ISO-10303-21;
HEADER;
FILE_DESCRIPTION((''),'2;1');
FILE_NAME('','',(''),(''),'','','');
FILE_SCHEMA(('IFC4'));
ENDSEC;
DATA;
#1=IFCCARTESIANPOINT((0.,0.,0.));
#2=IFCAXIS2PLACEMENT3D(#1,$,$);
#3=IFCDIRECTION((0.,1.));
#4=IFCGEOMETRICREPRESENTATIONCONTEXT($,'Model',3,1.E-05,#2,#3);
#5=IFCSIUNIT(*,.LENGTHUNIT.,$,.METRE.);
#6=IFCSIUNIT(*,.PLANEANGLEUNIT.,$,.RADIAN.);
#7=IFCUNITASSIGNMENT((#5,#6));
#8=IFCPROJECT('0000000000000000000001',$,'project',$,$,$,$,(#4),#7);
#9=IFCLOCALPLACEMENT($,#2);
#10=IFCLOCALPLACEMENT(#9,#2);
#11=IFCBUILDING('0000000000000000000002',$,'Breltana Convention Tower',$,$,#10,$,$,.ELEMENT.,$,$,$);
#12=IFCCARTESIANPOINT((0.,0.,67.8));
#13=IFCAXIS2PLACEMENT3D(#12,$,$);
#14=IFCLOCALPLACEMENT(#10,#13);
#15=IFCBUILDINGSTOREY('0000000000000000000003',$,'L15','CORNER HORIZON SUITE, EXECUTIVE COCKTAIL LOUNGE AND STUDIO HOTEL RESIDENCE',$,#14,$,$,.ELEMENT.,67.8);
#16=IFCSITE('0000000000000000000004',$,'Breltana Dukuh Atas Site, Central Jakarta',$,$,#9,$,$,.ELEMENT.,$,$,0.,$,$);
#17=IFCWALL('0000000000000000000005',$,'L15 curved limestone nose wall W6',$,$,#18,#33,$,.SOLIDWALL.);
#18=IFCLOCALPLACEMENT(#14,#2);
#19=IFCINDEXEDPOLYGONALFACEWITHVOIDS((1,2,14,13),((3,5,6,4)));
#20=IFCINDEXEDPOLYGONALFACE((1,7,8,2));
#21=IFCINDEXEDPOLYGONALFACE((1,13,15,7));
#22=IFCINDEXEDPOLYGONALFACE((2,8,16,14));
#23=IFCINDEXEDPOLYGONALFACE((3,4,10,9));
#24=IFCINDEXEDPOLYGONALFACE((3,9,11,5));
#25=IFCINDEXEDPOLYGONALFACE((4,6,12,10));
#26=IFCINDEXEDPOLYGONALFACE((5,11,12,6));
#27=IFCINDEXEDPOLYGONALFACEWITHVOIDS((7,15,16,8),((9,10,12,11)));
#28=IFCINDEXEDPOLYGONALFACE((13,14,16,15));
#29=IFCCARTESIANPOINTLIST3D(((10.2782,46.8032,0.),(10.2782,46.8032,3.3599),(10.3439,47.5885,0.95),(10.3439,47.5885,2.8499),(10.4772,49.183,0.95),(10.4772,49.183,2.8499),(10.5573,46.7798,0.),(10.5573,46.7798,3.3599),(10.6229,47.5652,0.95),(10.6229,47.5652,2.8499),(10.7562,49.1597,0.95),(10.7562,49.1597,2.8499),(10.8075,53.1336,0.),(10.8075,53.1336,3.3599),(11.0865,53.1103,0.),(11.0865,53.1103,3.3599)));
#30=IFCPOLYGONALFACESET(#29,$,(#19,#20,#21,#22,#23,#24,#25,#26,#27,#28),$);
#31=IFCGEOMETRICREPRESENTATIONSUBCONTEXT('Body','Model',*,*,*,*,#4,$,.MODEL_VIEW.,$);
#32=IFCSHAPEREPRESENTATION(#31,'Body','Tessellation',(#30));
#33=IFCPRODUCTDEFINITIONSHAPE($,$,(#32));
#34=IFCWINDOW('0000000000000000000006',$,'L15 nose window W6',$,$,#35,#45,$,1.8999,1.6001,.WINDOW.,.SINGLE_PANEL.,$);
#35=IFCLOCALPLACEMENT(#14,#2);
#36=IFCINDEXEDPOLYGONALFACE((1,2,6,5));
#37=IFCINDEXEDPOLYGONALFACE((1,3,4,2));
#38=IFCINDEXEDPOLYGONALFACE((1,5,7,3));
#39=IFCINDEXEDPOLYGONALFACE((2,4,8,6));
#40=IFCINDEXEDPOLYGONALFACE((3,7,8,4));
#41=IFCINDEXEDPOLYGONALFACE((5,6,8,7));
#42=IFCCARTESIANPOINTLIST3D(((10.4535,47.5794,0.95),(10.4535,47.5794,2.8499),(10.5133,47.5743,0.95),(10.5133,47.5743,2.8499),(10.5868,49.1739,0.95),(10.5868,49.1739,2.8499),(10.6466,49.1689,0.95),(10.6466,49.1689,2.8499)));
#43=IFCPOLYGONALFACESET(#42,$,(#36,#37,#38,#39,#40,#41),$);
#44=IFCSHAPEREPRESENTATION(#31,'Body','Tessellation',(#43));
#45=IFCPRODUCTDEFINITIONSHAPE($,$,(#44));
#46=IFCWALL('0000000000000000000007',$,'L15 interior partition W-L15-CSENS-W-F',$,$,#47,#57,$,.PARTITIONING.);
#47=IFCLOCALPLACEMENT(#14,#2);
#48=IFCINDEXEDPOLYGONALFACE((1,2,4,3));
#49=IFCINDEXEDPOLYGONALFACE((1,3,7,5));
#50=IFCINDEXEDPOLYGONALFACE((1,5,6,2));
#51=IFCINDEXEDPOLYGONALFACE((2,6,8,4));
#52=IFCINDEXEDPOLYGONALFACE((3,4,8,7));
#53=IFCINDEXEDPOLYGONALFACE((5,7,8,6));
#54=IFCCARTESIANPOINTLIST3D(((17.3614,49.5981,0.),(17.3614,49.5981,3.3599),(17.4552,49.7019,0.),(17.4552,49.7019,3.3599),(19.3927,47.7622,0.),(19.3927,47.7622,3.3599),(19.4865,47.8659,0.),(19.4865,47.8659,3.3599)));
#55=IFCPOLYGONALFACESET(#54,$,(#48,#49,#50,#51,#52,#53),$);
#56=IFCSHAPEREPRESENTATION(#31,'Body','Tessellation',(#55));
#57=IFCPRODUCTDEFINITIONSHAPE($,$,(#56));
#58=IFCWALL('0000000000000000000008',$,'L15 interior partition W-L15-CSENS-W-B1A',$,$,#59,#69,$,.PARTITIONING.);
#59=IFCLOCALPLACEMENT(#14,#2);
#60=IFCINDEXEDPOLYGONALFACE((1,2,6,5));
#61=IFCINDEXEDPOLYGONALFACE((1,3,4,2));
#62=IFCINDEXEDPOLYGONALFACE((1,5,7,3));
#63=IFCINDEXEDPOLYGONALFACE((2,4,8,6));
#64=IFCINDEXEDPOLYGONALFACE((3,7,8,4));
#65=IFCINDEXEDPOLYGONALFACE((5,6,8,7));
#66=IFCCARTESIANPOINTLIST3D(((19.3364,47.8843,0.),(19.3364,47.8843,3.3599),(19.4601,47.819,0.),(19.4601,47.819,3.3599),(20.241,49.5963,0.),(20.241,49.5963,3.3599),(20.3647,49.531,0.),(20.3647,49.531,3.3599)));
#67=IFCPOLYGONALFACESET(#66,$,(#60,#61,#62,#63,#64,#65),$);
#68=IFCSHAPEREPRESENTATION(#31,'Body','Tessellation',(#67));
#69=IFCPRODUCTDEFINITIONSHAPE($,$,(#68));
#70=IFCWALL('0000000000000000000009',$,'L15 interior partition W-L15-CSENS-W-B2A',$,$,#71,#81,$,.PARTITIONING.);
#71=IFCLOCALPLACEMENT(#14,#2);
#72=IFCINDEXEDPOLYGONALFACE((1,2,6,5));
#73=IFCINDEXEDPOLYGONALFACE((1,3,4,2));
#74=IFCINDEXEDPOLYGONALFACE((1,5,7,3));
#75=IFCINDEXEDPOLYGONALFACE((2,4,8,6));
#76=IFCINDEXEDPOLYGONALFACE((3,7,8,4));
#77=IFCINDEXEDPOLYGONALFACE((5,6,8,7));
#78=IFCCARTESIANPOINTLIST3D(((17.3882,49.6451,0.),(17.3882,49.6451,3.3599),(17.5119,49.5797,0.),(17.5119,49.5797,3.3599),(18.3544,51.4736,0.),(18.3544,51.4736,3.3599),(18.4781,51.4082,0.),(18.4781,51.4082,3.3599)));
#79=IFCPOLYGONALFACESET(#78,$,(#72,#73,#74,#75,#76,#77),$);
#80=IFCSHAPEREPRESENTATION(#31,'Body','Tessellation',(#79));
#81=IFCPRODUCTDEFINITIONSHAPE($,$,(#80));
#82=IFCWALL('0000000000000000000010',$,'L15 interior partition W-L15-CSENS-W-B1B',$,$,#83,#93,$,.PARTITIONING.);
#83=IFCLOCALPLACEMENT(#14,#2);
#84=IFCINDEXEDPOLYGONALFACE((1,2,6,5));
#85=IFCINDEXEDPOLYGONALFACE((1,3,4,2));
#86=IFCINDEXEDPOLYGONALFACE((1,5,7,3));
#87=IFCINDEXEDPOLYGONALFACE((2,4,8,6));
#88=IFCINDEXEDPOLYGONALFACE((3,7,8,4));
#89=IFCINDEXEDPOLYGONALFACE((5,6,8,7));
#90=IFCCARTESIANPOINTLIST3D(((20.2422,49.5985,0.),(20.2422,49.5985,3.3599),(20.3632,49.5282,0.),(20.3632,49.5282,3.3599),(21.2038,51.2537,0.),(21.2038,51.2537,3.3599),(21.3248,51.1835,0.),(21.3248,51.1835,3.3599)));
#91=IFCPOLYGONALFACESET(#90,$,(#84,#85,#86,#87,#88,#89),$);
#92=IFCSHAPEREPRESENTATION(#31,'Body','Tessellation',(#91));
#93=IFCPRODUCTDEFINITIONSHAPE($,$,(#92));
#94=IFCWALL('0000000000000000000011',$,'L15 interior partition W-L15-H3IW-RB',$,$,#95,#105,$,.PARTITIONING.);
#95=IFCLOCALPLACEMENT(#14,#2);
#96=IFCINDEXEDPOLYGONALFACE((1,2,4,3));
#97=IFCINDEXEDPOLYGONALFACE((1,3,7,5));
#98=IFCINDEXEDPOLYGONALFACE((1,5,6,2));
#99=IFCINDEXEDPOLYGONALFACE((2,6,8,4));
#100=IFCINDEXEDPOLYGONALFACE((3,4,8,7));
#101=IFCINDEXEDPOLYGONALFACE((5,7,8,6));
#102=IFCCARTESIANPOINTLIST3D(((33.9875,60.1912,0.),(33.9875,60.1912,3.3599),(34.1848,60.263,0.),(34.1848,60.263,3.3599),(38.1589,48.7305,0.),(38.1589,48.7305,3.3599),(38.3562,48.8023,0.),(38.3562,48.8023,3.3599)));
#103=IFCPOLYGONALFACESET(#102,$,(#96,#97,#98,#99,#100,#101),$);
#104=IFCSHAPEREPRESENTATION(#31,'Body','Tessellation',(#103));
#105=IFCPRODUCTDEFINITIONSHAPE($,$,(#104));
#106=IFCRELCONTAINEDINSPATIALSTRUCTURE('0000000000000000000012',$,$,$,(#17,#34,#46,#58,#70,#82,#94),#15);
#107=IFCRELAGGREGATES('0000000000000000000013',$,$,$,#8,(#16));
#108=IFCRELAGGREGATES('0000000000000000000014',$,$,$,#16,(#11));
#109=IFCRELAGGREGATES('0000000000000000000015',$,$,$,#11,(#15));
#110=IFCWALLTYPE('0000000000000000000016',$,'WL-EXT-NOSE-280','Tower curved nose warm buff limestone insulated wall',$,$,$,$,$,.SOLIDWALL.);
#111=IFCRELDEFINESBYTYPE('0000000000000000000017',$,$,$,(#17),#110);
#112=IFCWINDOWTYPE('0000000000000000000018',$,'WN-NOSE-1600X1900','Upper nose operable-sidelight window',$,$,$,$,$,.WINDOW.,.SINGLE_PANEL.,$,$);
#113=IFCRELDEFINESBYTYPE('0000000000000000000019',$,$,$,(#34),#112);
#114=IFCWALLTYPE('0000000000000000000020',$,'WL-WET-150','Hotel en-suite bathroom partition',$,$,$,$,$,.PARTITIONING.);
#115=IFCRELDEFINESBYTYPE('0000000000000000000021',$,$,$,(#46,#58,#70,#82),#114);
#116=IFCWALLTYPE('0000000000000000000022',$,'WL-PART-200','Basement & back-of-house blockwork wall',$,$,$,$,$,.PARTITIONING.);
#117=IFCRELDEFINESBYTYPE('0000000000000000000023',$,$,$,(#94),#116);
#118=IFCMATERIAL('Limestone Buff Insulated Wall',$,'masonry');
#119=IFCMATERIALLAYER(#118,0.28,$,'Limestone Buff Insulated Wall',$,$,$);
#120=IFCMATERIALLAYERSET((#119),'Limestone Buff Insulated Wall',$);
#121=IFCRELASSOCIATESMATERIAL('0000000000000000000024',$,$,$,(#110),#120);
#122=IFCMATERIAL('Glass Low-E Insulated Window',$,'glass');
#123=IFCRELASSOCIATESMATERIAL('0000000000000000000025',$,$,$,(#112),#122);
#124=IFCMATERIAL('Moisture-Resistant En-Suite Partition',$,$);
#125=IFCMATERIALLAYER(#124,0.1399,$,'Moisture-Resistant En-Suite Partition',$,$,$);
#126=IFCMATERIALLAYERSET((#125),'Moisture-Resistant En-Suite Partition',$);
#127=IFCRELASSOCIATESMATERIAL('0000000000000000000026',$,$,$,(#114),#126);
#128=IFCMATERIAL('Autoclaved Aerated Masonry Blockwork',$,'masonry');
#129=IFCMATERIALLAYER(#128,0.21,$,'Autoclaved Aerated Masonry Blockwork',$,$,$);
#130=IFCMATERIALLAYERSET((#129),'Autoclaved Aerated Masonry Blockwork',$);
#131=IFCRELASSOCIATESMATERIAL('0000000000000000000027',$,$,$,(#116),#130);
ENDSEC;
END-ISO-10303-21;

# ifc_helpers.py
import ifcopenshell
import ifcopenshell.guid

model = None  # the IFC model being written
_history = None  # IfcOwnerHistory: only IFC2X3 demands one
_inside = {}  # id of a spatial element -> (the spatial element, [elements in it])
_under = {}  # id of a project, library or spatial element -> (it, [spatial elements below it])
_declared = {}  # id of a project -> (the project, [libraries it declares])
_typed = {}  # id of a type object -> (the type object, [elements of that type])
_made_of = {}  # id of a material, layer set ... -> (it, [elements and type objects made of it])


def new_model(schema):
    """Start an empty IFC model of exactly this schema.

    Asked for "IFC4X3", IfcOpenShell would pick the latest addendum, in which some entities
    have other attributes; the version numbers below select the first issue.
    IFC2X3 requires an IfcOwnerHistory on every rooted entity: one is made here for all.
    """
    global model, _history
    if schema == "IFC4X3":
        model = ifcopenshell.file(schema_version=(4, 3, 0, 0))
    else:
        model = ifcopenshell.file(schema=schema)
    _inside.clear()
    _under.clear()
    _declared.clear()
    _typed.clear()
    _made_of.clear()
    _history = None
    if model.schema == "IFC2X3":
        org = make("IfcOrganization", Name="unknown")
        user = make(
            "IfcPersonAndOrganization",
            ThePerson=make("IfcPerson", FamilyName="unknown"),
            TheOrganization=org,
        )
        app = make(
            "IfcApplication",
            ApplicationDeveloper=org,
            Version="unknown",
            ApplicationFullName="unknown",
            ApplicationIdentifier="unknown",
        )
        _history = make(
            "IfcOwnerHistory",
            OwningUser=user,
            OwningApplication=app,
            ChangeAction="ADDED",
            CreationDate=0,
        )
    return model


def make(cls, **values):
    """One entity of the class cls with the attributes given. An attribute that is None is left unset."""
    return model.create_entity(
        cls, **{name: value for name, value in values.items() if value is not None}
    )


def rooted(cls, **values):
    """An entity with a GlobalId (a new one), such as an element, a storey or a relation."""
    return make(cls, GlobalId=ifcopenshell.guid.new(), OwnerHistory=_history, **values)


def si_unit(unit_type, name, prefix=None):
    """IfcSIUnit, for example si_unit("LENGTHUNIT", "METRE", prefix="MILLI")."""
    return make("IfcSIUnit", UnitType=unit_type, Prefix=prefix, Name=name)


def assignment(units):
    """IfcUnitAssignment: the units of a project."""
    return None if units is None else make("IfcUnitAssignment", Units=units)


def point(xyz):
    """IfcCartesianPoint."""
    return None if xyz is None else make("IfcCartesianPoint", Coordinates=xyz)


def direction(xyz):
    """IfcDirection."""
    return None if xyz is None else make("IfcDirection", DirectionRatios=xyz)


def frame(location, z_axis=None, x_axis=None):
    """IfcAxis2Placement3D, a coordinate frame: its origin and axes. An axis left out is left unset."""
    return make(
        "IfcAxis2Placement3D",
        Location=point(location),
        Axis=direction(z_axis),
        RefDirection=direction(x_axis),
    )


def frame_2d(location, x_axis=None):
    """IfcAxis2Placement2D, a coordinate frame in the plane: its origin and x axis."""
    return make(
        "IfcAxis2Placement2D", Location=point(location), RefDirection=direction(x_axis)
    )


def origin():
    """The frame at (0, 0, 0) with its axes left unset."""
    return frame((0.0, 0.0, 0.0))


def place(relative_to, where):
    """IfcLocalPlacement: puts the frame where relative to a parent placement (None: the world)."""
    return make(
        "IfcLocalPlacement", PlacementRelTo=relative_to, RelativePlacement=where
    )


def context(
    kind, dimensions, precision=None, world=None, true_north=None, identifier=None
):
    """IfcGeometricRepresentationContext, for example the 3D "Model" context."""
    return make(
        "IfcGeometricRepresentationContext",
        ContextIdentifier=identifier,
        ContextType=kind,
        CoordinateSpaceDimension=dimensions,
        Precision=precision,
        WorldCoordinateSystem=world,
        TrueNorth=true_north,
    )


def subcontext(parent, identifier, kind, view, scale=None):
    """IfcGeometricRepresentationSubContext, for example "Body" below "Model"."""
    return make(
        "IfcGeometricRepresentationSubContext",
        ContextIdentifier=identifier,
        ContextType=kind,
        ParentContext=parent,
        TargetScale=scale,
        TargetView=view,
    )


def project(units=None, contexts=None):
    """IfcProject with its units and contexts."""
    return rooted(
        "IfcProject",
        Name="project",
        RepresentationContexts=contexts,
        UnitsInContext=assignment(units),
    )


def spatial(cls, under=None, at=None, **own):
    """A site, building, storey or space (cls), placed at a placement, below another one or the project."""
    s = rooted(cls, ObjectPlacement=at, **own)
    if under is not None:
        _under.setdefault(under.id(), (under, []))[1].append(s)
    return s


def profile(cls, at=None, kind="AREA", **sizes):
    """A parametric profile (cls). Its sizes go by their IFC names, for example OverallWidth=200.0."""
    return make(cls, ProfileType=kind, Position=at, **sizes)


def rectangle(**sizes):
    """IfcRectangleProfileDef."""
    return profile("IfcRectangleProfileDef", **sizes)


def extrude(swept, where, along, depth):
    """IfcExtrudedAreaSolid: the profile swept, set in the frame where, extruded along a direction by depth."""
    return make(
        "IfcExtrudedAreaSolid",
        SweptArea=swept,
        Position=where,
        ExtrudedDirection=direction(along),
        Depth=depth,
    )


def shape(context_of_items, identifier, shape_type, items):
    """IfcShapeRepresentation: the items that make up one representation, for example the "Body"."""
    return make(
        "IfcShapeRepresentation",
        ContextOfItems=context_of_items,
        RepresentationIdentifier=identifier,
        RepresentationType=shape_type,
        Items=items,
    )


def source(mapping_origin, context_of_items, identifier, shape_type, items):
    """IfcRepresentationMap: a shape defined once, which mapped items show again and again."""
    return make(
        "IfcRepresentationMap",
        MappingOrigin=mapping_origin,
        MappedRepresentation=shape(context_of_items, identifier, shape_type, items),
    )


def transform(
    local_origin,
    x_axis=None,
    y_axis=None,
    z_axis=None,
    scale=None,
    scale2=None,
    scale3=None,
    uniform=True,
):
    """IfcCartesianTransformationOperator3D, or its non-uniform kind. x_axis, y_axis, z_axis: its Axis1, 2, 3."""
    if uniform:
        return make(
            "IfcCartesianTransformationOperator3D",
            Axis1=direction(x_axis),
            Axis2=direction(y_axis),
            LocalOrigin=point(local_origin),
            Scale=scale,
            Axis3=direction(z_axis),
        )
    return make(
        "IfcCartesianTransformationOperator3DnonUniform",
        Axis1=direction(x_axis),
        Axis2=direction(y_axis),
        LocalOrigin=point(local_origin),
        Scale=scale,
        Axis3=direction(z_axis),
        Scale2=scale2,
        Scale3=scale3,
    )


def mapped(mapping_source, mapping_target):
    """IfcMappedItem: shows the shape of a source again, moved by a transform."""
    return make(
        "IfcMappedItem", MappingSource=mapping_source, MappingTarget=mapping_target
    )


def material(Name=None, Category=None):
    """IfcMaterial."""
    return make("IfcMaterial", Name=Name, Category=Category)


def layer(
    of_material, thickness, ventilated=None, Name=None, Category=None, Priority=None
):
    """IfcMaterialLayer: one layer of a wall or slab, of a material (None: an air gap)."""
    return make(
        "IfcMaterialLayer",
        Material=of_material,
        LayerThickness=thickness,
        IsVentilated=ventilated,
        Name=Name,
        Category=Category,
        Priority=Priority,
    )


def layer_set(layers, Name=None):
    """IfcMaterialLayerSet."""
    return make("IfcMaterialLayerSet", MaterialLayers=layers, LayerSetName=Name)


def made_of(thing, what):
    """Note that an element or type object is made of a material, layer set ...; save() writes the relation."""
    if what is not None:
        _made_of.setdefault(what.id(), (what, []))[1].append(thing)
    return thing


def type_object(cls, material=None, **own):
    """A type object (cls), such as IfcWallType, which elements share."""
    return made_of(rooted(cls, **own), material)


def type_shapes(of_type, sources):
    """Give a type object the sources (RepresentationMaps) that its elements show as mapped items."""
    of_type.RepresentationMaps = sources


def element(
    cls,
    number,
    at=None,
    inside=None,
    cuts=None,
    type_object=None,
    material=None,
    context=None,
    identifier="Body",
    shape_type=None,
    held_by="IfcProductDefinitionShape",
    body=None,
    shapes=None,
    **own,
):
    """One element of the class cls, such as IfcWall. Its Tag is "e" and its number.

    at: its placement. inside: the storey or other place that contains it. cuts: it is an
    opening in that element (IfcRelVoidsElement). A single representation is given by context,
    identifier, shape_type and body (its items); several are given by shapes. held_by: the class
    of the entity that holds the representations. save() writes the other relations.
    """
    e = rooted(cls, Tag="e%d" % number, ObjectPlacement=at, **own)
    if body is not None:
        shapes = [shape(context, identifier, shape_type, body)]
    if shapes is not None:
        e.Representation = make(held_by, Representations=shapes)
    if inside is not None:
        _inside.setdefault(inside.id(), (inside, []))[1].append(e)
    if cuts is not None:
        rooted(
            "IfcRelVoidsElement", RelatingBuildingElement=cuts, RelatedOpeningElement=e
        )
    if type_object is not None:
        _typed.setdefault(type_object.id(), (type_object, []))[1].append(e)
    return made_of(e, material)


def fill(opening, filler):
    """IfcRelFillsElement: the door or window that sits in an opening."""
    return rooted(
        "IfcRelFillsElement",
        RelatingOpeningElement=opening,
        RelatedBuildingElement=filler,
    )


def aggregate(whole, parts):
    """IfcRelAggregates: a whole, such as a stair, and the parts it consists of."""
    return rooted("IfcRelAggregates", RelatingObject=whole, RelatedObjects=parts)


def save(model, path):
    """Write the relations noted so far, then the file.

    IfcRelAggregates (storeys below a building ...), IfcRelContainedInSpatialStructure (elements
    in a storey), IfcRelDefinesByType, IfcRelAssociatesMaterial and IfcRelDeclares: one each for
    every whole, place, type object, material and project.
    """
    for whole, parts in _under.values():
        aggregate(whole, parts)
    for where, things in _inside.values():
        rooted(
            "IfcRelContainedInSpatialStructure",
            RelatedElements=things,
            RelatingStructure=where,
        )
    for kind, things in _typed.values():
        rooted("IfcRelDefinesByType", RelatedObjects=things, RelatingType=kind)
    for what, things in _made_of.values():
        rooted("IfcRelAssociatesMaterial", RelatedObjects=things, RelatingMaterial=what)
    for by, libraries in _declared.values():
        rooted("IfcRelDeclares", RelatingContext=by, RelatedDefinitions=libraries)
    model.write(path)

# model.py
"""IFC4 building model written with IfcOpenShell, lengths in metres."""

from ifc_helpers import new_model, si_unit, direction, frame, frame_2d, origin, place, context, subcontext, project, spatial, rectangle, extrude, source, transform, mapped, material, layer, layer_set, type_object, type_shapes, element, fill, save


model = new_model("IFC4")

# Units and contexts
model_context = context("Model", 3, precision=1e-05, world=origin(), true_north=direction((0.0, 1.0)))
body_context = subcontext(model_context, "Body", "Model", "MODEL_VIEW")
ifc_project = project(units=[si_unit("LENGTHUNIT", "METRE"), si_unit("PLANEANGLEUNIT", "RADIAN")], contexts=[model_context])

# Site, building, storey
site_placement = place(None, origin())
site = spatial("IfcSite", under=ifc_project, at=site_placement, Name="Breltana Dukuh Atas Site, Central Jakarta", CompositionType="ELEMENT", RefElevation=0.0)
building_placement = place(site_placement, origin())
building = spatial("IfcBuilding", under=site, at=building_placement, Name="Breltana Convention Tower", CompositionType="ELEMENT")
storey_placement = place(building_placement, frame((0.0, 0.0, 67.8)))
storey = spatial("IfcBuildingStorey", under=building, at=storey_placement, Name="L15", Description="CORNER HORIZON SUITE, EXECUTIVE COCKTAIL LOUNGE AND STUDIO HOTEL RESIDENCE", CompositionType="ELEMENT", Elevation=67.8)

# Wall, opening, window
ifc_material_1 = material(Name="Limestone Buff Insulated Wall", Category="masonry")
ifc_layer_1 = layer(ifc_material_1, 0.28, Name="Limestone Buff Insulated Wall")
ifc_layer_set_1 = layer_set([ifc_layer_1], Name="Limestone Buff Insulated Wall")
wall_type_1 = type_object("IfcWallType", Name="WL-EXT-NOSE-280", Description="Tower curved nose warm buff limestone insulated wall", PredefinedType="SOLIDWALL", material=ifc_layer_set_1)
shared_shape_1 = source(origin(), body_context, "Body", "SweptSolid", [
    extrude(rectangle(XDim=6.3525, YDim=0.28, at=frame_2d((3.1763, 0.0))), origin(), (0.0, 0.0, 1.0), 3.3599),
])
wall_1_placement = place(storey_placement, frame((10.4177, 46.7915, 0.0), z_axis=(0.0, 0.0, 1.0), x_axis=(0.083319, 0.996523, 0.0)))
wall_1 = element("IfcWall", 1, at=wall_1_placement, inside=storey, type_object=wall_type_1, Name="L15 curved limestone nose wall W6", PredefinedType="SOLIDWALL", context=body_context, shape_type="MappedRepresentation", body=[
    mapped(shared_shape_1, transform((0.0, 0.0, 0.0), scale=1.0)),
])
opening_placement = place(wall_1_placement, frame((0.7881, 0.0, 0.95)))
opening = element("IfcOpeningElement", 2, at=opening_placement, cuts=wall_1, PredefinedType="OPENING", context=body_context, shape_type="SweptSolid", body=[
    extrude(rectangle(XDim=1.6001, YDim=1.8999, at=frame_2d((0.8, 0.95))), frame((0.0, 0.1499, 0.0), z_axis=(0.0, -1.0, 0.0), x_axis=(1.0, 0.0, 0.0)), (0.0, 0.0, 1.0), 0.3),
])
ifc_material_2 = material(Name="Glass Low-E Insulated Window", Category="glass")
window_type = type_object("IfcWindowType", Name="WN-NOSE-1600X1900", Description="Upper nose operable-sidelight window", PartitioningType="SINGLE_PANEL", PredefinedType="WINDOW", material=ifc_material_2)
shared_shape_2 = source(origin(), body_context, "Body", "SweptSolid", [
    extrude(rectangle(XDim=1.6001, YDim=1.8999, at=frame_2d((0.8, 0.95))), frame((0.0, 0.03, 0.0), z_axis=(0.0, -1.0, 0.0), x_axis=(1.0, 0.0, 0.0)), (0.0, 0.0, 1.0), 0.0601),
])
type_shapes(window_type, [shared_shape_2])
window_placement = place(opening_placement, origin())
window = element("IfcWindow", 3, at=window_placement, inside=storey, type_object=window_type, Name="L15 nose window W6", OverallHeight=1.8999, OverallWidth=1.6001, PartitioningType="SINGLE_PANEL", PredefinedType="WINDOW", context=body_context, shape_type="MappedRepresentation", body=[
    mapped(shared_shape_2, transform((0.0, 0.0, 0.0), scale=1.0)),
])
fill(opening, window)

# Walls
ifc_material_3 = material(Name="Moisture-Resistant En-Suite Partition")
ifc_layer_2 = layer(ifc_material_3, 0.1399, Name="Moisture-Resistant En-Suite Partition")
ifc_layer_set_2 = layer_set([ifc_layer_2], Name="Moisture-Resistant En-Suite Partition")
wall_type_2 = type_object("IfcWallType", Name="WL-WET-150", Description="Hotel en-suite bathroom partition", PredefinedType="PARTITIONING", material=ifc_layer_set_2)
shared_shape_3 = source(origin(), body_context, "Body", "SweptSolid", [
    extrude(rectangle(XDim=2.738, YDim=0.1399, at=frame_2d((1.3691, 0.0))), origin(), (0.0, 0.0, 1.0), 3.3599),
])
wall_2_placement = place(storey_placement, frame((19.4397, 47.814, 0.0), z_axis=(0.0, 0.0, 1.0), x_axis=(-0.741874, 0.67054, 0.0)))
element("IfcWall", 4, at=wall_2_placement, inside=storey, type_object=wall_type_2, Name="L15 interior partition W-L15-CSENS-W-F", PredefinedType="PARTITIONING", context=body_context, shape_type="MappedRepresentation", body=[
    mapped(shared_shape_3, transform((0.0, 0.0, 0.0), scale=1.0)),
])
shared_shape_4 = source(origin(), body_context, "Body", "SweptSolid", [
    extrude(rectangle(XDim=1.9363, YDim=0.1399, at=frame_2d((0.9683, 0.0))), origin(), (0.0, 0.0, 1.0), 3.3599),
])
wall_3_placement = place(storey_placement, frame((19.3982, 47.8516, 0.0), z_axis=(0.0, 0.0, 1.0), x_axis=(0.467175, 0.884165, 0.0)))
element("IfcWall", 5, at=wall_3_placement, inside=storey, type_object=wall_type_2, Name="L15 interior partition W-L15-CSENS-W-B1A", PredefinedType="PARTITIONING", context=body_context, shape_type="MappedRepresentation", body=[
    mapped(shared_shape_4, transform((0.0, 0.0, 0.0), scale=1.0)),
])
shared_shape_5 = source(origin(), body_context, "Body", "SweptSolid", [
    extrude(rectangle(XDim=2.0681, YDim=0.1399, at=frame_2d((1.0342, 0.0))), origin(), (0.0, 0.0, 1.0), 3.3599),
])
wall_4_placement = place(storey_placement, frame((17.45, 49.6123, 0.0), z_axis=(0.0, 0.0, 1.0), x_axis=(0.467215, 0.884144, 0.0)))
element("IfcWall", 6, at=wall_4_placement, inside=storey, type_object=wall_type_2, Name="L15 interior partition W-L15-CSENS-W-B2A", PredefinedType="PARTITIONING", context=body_context, shape_type="MappedRepresentation", body=[
    mapped(shared_shape_5, transform((0.0, 0.0, 0.0), scale=1.0)),
])
shared_shape_6 = source(origin(), body_context, "Body", "SweptSolid", [
    extrude(rectangle(XDim=1.9143, YDim=0.1399, at=frame_2d((0.957, 0.0))), origin(), (0.0, 0.0, 1.0), 3.3599),
])
wall_5_placement = place(storey_placement, frame((20.3027, 49.5635, 0.0), z_axis=(0.0, 0.0, 1.0), x_axis=(0.502348, 0.864666, 0.0)))
element("IfcWall", 7, at=wall_5_placement, inside=storey, type_object=wall_type_2, Name="L15 interior partition W-L15-CSENS-W-B1B", PredefinedType="PARTITIONING", context=body_context, shape_type="MappedRepresentation", body=[
    mapped(shared_shape_6, transform((0.0, 0.0, 0.0), scale=1.0)),
])
ifc_material_4 = material(Name="Autoclaved Aerated Masonry Blockwork", Category="masonry")
ifc_layer_3 = layer(ifc_material_4, 0.21, Name="Autoclaved Aerated Masonry Blockwork")
ifc_layer_set_3 = layer_set([ifc_layer_3], Name="Autoclaved Aerated Masonry Blockwork")
wall_type_3 = type_object("IfcWallType", Name="WL-PART-200", Description="Basement & back-of-house blockwork wall", PredefinedType="PARTITIONING", material=ifc_layer_set_3)
shared_shape_7 = source(origin(), body_context, "Body", "SweptSolid", [
    extrude(rectangle(XDim=12.1963, YDim=0.21, at=frame_2d((6.0981, 0.0))), origin(), (0.0, 0.0, 1.0), 3.3599),
])
wall_6_placement = place(storey_placement, frame((38.2576, 48.7664, 0.0), z_axis=(0.0, 0.0, 1.0), x_axis=(-0.342023, 0.939692, 0.0)))
element("IfcWall", 8, at=wall_6_placement, inside=storey, type_object=wall_type_3, Name="L15 interior partition W-L15-H3IW-RB", PredefinedType="PARTITIONING", context=body_context, shape_type="MappedRepresentation", body=[
    mapped(shared_shape_7, transform((0.0, 0.0, 0.0), scale=1.0)),
])

save(model, "model.ifc")
